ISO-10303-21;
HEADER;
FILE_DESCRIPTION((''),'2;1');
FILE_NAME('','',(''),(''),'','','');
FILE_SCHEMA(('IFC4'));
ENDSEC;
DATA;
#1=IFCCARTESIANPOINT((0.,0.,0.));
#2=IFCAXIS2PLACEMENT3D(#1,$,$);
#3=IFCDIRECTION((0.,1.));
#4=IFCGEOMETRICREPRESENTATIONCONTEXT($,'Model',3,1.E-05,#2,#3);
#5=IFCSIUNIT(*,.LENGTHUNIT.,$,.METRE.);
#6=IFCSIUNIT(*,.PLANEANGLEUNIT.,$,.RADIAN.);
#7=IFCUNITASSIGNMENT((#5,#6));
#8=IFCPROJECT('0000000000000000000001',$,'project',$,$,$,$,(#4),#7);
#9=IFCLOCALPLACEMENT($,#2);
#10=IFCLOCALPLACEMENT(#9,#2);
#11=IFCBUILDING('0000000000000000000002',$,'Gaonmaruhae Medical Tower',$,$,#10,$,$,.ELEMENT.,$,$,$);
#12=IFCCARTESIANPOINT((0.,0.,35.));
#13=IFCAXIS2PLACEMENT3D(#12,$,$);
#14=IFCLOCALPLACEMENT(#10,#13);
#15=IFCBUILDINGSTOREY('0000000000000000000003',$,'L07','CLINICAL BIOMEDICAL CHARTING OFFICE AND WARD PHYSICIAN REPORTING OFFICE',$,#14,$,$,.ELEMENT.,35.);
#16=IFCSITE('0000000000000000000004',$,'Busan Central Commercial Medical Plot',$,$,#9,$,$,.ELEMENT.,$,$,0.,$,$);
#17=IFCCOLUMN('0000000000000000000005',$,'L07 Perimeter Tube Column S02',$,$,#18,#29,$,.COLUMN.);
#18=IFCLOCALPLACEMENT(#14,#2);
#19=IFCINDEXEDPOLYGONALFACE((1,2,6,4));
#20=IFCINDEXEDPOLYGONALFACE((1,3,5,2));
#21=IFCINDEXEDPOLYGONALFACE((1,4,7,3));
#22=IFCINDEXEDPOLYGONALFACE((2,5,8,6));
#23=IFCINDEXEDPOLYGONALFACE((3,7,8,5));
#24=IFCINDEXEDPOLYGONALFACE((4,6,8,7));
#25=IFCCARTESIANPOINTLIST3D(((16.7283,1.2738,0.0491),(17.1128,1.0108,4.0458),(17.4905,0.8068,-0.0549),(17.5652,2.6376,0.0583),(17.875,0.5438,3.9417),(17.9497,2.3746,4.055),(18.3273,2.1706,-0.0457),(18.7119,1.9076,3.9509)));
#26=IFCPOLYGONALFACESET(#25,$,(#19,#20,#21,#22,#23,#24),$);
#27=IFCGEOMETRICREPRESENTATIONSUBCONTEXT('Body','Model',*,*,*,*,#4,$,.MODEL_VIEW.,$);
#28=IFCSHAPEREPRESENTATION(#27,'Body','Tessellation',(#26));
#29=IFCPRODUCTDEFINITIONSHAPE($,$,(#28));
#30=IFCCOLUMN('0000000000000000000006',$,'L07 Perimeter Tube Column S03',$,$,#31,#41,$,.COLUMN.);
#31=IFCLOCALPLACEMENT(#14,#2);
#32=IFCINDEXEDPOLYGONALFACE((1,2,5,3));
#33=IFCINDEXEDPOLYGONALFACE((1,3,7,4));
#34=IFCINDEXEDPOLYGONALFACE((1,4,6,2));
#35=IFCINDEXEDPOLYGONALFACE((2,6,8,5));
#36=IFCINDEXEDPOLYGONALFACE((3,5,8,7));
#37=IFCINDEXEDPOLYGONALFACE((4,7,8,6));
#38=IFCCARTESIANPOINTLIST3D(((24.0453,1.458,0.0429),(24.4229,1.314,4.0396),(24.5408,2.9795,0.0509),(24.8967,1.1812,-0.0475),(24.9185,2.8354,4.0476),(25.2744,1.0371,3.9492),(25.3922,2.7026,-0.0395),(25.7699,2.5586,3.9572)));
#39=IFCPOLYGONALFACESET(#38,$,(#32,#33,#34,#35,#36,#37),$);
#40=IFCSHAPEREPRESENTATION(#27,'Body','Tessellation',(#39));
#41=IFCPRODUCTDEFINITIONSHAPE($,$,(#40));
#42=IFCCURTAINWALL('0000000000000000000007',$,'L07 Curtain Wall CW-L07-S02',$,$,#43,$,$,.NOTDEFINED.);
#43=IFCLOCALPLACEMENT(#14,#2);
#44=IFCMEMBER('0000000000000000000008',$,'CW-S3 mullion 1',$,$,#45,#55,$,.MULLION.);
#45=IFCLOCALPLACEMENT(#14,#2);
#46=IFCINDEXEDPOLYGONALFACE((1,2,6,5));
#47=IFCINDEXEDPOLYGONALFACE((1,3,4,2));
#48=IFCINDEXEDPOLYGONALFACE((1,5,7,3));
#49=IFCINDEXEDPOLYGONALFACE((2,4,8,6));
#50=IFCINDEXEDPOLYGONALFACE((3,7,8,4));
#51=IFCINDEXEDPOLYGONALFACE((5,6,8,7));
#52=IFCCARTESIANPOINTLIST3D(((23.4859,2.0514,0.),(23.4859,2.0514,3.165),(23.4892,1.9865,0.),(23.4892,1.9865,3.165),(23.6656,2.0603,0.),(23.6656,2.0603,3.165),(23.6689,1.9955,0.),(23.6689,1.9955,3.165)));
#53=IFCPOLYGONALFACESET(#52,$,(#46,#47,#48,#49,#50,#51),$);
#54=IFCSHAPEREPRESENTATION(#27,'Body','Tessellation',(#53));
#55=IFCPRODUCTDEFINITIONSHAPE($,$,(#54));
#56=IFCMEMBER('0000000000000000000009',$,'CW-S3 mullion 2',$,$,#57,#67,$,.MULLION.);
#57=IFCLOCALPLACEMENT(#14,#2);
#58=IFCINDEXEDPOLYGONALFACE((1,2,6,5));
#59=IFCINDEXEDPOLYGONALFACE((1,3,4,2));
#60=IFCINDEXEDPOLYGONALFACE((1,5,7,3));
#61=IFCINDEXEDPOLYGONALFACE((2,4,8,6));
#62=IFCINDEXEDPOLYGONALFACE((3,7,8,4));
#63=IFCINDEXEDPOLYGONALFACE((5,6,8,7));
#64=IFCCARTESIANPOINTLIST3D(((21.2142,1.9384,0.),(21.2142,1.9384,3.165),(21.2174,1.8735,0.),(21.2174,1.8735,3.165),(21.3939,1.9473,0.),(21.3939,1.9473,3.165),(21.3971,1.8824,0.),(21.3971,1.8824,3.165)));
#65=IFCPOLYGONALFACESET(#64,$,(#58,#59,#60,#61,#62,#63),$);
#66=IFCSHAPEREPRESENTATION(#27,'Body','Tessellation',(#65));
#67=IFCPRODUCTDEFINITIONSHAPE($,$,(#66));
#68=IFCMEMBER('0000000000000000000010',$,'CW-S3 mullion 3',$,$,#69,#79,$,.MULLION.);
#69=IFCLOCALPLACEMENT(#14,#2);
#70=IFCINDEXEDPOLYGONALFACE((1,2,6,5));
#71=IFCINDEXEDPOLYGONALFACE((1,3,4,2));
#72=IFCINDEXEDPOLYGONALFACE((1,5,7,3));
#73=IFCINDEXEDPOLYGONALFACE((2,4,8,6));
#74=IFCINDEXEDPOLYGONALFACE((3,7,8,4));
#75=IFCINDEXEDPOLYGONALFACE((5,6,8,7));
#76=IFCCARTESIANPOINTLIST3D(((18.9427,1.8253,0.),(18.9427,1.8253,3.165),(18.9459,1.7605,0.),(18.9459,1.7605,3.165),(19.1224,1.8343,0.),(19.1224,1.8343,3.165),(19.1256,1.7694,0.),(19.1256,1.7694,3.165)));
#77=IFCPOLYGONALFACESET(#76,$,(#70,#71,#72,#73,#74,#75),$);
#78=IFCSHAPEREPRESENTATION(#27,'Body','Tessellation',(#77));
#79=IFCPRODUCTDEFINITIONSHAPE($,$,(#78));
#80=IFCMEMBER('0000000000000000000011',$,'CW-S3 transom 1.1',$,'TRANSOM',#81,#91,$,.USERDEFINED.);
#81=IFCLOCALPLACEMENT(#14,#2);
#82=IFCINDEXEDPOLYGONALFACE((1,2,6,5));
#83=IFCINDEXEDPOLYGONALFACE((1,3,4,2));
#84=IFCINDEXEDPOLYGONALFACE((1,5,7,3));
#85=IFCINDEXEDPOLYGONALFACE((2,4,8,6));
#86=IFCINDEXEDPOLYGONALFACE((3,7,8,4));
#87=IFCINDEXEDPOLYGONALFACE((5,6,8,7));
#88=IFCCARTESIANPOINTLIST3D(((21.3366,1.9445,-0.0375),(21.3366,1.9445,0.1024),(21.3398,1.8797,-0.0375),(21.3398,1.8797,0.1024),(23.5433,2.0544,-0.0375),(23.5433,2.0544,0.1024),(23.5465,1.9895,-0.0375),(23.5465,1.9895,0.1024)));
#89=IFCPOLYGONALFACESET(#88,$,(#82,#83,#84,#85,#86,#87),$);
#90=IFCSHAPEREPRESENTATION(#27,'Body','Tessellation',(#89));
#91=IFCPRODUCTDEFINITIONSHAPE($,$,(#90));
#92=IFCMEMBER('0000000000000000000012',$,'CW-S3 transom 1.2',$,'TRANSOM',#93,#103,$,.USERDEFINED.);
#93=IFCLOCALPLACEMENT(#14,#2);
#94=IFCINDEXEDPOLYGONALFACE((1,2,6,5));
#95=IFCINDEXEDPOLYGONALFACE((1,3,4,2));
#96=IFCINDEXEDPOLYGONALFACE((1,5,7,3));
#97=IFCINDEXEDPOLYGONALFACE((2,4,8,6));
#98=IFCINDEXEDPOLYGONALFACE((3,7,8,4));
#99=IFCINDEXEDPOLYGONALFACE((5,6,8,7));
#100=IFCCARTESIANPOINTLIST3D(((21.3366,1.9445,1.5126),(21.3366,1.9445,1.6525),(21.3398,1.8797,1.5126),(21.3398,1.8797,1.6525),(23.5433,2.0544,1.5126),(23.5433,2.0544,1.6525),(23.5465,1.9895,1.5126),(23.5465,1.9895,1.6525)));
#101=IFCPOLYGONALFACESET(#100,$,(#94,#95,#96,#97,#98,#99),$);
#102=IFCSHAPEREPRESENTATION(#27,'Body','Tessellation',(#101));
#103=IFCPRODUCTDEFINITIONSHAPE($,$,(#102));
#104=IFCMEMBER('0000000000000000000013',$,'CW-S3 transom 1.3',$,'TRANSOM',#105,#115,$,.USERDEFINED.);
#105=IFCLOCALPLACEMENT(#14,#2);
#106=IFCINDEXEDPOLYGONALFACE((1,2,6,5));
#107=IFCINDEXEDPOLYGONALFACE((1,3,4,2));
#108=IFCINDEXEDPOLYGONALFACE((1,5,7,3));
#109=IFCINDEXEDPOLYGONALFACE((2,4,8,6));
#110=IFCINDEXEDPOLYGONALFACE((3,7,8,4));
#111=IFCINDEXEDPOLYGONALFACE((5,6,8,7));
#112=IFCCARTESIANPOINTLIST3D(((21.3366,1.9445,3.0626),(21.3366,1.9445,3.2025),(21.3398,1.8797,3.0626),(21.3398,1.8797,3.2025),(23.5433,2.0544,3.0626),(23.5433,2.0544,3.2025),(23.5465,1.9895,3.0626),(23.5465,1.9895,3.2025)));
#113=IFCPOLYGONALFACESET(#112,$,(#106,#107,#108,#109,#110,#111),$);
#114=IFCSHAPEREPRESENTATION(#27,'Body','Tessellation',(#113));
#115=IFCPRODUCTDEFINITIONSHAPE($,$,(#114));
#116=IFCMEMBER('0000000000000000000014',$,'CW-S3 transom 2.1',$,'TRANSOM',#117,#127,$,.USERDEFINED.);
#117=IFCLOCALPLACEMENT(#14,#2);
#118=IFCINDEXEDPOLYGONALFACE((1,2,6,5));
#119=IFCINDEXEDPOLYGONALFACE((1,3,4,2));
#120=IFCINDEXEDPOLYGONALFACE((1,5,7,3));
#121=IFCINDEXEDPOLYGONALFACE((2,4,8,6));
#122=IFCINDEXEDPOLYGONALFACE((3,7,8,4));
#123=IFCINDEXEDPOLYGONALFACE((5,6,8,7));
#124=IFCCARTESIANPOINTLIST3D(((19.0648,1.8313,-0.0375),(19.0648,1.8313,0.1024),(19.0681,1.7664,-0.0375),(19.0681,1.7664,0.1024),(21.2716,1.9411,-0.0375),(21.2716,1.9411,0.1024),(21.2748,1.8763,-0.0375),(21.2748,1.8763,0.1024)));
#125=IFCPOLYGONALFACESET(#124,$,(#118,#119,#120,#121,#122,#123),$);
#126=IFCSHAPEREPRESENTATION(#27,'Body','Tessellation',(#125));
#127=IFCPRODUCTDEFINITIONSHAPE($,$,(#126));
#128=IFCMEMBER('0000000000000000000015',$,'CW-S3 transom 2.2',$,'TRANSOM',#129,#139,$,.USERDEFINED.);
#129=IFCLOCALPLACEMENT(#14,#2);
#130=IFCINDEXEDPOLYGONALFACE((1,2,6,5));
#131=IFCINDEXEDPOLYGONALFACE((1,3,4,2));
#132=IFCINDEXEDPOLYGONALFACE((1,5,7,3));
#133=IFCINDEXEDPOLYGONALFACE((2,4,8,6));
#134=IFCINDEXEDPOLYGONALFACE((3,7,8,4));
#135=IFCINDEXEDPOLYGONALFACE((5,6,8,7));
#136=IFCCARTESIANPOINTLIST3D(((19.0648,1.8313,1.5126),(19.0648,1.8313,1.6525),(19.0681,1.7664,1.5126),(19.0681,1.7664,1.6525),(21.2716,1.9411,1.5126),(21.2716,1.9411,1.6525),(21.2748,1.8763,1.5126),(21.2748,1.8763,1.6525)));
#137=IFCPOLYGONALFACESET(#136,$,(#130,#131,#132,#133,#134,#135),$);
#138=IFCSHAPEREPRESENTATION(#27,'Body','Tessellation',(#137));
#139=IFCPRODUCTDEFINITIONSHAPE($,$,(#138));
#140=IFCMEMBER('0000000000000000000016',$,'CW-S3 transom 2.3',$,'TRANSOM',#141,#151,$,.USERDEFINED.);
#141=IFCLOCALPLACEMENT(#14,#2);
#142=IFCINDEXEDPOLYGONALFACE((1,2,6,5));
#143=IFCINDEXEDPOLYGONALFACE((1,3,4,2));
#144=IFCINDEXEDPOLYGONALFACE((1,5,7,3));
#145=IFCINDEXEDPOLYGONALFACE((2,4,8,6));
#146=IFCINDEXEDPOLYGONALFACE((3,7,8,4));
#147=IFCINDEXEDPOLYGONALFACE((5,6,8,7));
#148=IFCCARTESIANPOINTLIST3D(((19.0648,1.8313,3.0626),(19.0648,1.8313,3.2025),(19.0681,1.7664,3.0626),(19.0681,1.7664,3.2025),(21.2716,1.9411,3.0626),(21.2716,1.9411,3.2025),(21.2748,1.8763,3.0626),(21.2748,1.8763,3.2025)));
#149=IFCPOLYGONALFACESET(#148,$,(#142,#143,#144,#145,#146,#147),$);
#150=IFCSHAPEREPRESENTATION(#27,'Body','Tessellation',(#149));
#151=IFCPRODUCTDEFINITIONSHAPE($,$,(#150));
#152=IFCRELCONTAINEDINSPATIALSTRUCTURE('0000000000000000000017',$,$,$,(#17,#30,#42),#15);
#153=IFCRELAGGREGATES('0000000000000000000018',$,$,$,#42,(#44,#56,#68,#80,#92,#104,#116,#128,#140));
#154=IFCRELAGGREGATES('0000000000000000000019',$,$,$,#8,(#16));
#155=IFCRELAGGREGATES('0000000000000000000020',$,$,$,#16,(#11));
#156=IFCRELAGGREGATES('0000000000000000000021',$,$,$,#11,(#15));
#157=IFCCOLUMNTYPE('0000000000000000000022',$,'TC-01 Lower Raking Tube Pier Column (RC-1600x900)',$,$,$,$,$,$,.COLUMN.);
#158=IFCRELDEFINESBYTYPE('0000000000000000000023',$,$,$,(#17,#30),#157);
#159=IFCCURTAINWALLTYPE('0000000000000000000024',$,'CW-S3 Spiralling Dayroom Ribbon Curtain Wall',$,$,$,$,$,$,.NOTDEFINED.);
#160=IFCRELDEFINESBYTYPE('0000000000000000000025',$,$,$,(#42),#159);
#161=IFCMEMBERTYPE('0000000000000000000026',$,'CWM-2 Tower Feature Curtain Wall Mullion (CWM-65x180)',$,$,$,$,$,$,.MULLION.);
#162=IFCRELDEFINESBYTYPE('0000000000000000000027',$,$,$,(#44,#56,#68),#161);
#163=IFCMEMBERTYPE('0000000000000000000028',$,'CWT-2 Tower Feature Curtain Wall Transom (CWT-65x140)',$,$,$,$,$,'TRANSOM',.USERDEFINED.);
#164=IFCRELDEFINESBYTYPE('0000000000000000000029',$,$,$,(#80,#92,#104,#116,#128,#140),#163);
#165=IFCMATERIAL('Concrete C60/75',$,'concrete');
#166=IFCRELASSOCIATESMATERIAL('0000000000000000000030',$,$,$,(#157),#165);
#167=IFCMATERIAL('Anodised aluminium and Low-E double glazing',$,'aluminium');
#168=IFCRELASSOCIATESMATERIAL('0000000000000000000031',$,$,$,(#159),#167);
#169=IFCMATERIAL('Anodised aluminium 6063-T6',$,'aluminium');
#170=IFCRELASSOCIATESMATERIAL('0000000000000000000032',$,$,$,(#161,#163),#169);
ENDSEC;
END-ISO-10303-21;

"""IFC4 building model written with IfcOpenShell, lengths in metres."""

from ifc_helpers import new_model, si_unit, direction, frame, origin, origin_2d, place, context, subcontext, project, spatial, rectangle, extrude, material, material_profile, profile_set, type_object, element, aggregate, save


model = new_model("IFC4")

# Units and contexts
model_context = context("Model", 3, precision=1e-05, world=origin(), true_north=direction((0.0, 1.0)))
body_context = subcontext(model_context, "Body", "Model", "MODEL_VIEW")
ifc_project = project(units=[si_unit("LENGTHUNIT", "METRE"), si_unit("PLANEANGLEUNIT", "RADIAN")], contexts=[model_context])

# Site, building, storey
site_placement = place(None, origin())
site = spatial("IfcSite", under=ifc_project, at=site_placement, Name="Busan Central Commercial Medical Plot", CompositionType="ELEMENT", RefElevation=0.0)
building_placement = place(site_placement, origin())
building = spatial("IfcBuilding", under=site, at=building_placement, Name="Gaonmaruhae Medical Tower", CompositionType="ELEMENT")
storey_placement = place(building_placement, frame((0.0, 0.0, 35.0)))
storey = spatial("IfcBuildingStorey", under=building, at=storey_placement, Name="L07", Description="CLINICAL BIOMEDICAL CHARTING OFFICE AND WARD PHYSICIAN REPORTING OFFICE", CompositionType="ELEMENT", Elevation=35.0)

# Columns
ifc_material_1 = material(Name="Concrete C60/75", Category="concrete")
ifc_material_profile_1 = material_profile(ifc_material_1, rectangle(XDim=1.6001, YDim=0.8999, at=origin_2d()), Name="RC-1600x900")
ifc_profile_set_1 = profile_set([ifc_material_profile_1], Name="Concrete C60/75")
column_type = type_object("IfcColumnType", Name="TC-01 Lower Raking Tube Pier Column (RC-1600x900)", PredefinedType="COLUMN", material=ifc_profile_set_1)
column_1_placement = place(storey_placement, frame((17.5278, 1.7222, 0.0017), z_axis=(0.095566, -0.065349, 0.993276), x_axis=(0.522993, 0.852317, 0.005756)))
element("IfcColumn", 1, at=column_1_placement, inside=storey, type_object=column_type, Name="L07 Perimeter Tube Column S02", PredefinedType="COLUMN", context=body_context, shape_type="SweptSolid", body=[
    extrude(rectangle(XDim=1.6001, YDim=0.8999, at=origin_2d()), origin(), (0.0, 0.0, 1.0), 4.0237),
])
column_2_placement = place(storey_placement, frame((24.7188, 2.0803, 0.0017), z_axis=(0.094022, -0.035859, 0.994924), x_axis=(0.309685, 0.950826, 0.005003)))
element("IfcColumn", 2, at=column_2_placement, inside=storey, type_object=column_type, Name="L07 Perimeter Tube Column S03", PredefinedType="COLUMN", context=body_context, shape_type="SweptSolid", body=[
    extrude(rectangle(XDim=1.6001, YDim=0.8999, at=origin_2d()), origin(), (0.0, 0.0, 1.0), 4.0171),
])

# Curtain wall, members
ifc_material_2 = material(Name="Anodised aluminium and Low-E double glazing", Category="aluminium")
curtain_wall_type = type_object("IfcCurtainWallType", Name="CW-S3 Spiralling Dayroom Ribbon Curtain Wall", PredefinedType="NOTDEFINED", material=ifc_material_2)
curtain_wall_placement = place(storey_placement, origin())
curtain_wall = element("IfcCurtainWall", 3, at=curtain_wall_placement, inside=storey, type_object=curtain_wall_type, Name="L07 Curtain Wall CW-L07-S02", PredefinedType="NOTDEFINED")
ifc_material_3 = material(Name="Anodised aluminium 6063-T6", Category="aluminium")
ifc_material_profile_2 = material_profile(ifc_material_3, rectangle(XDim=0.0649, YDim=0.1799, at=origin_2d()), Name="CWM-65x180")
ifc_profile_set_2 = profile_set([ifc_material_profile_2], Name="Anodised aluminium 6063-T6")
member_type_1 = type_object("IfcMemberType", Name="CWM-2 Tower Feature Curtain Wall Mullion (CWM-65x180)", PredefinedType="MULLION", material=ifc_profile_set_2)
member_1_placement = place(storey_placement, frame((23.5774, 2.0234, 0.0), z_axis=(0.0, 0.0, 1.0), x_axis=(0.049718, -0.998763, 0.0)))
member_1 = element("IfcMember", 4, at=member_1_placement, type_object=member_type_1, Name="CW-S3 mullion 1", PredefinedType="MULLION", context=body_context, shape_type="SweptSolid", body=[
    extrude(rectangle(XDim=0.0649, YDim=0.1799, at=origin_2d()), origin(), (0.0, 0.0, 1.0), 3.165),
])
member_2_placement = place(storey_placement, frame((21.3057, 1.9104, 0.0), z_axis=(0.0, 0.0, 1.0), x_axis=(0.049718, -0.998763, 0.0)))
member_2 = element("IfcMember", 5, at=member_2_placement, type_object=member_type_1, Name="CW-S3 mullion 2", PredefinedType="MULLION", context=body_context, shape_type="SweptSolid", body=[
    extrude(rectangle(XDim=0.0649, YDim=0.1799, at=origin_2d()), origin(), (0.0, 0.0, 1.0), 3.165),
])
member_3_placement = place(storey_placement, frame((19.0342, 1.7974, 0.0), z_axis=(0.0, 0.0, 1.0), x_axis=(0.049718, -0.998763, 0.0)))
member_3 = element("IfcMember", 6, at=member_3_placement, type_object=member_type_1, Name="CW-S3 mullion 3", PredefinedType="MULLION", context=body_context, shape_type="SweptSolid", body=[
    extrude(rectangle(XDim=0.0649, YDim=0.1799, at=origin_2d()), origin(), (0.0, 0.0, 1.0), 3.165),
])
ifc_material_profile_3 = material_profile(ifc_material_3, rectangle(XDim=0.0649, YDim=0.1399, at=origin_2d()), Name="CWT-65x140")
ifc_profile_set_3 = profile_set([ifc_material_profile_3], Name="Anodised aluminium 6063-T6")
member_type_2 = type_object("IfcMemberType", Name="CWT-2 Tower Feature Curtain Wall Transom (CWT-65x140)", ElementType="TRANSOM", PredefinedType="USERDEFINED", material=ifc_profile_set_3)
member_4_placement = place(storey_placement, frame((23.5449, 2.022, 0.0325), z_axis=(-0.998763, -0.049723, 0.0), x_axis=(0.049723, -0.998763, 0.0)))
member_4 = element("IfcMember", 7, at=member_4_placement, type_object=member_type_2, Name="CW-S3 transom 1.1", ObjectType="TRANSOM", PredefinedType="USERDEFINED", context=body_context, shape_type="SweptSolid", body=[
    extrude(rectangle(XDim=0.0649, YDim=0.1399, at=origin_2d()), origin(), (0.0, 0.0, 1.0), 2.2095),
])
member_5_placement = place(storey_placement, frame((23.5449, 2.022, 1.5825), z_axis=(-0.998763, -0.049723, 0.0), x_axis=(0.049723, -0.998763, 0.0)))
member_5 = element("IfcMember", 8, at=member_5_placement, type_object=member_type_2, Name="CW-S3 transom 1.2", ObjectType="TRANSOM", PredefinedType="USERDEFINED", context=body_context, shape_type="SweptSolid", body=[
    extrude(rectangle(XDim=0.0649, YDim=0.1399, at=origin_2d()), origin(), (0.0, 0.0, 1.0), 2.2095),
])
member_6_placement = place(storey_placement, frame((23.5449, 2.022, 3.1326), z_axis=(-0.998763, -0.049723, 0.0), x_axis=(0.049723, -0.998763, 0.0)))
member_6 = element("IfcMember", 9, at=member_6_placement, type_object=member_type_2, Name="CW-S3 transom 1.3", ObjectType="TRANSOM", PredefinedType="USERDEFINED", context=body_context, shape_type="SweptSolid", body=[
    extrude(rectangle(XDim=0.0649, YDim=0.1399, at=origin_2d()), origin(), (0.0, 0.0, 1.0), 2.2095),
])
member_7_placement = place(storey_placement, frame((21.2732, 1.9087, 0.0325), z_axis=(-0.998763, -0.049723, 0.0), x_axis=(0.049723, -0.998763, 0.0)))
member_7 = element("IfcMember", 10, at=member_7_placement, type_object=member_type_2, Name="CW-S3 transom 2.1", ObjectType="TRANSOM", PredefinedType="USERDEFINED", context=body_context, shape_type="SweptSolid", body=[
    extrude(rectangle(XDim=0.0649, YDim=0.1399, at=origin_2d()), origin(), (0.0, 0.0, 1.0), 2.2095),
])
member_8_placement = place(storey_placement, frame((21.2732, 1.9087, 1.5825), z_axis=(-0.998763, -0.049723, 0.0), x_axis=(0.049723, -0.998763, 0.0)))
member_8 = element("IfcMember", 11, at=member_8_placement, type_object=member_type_2, Name="CW-S3 transom 2.2", ObjectType="TRANSOM", PredefinedType="USERDEFINED", context=body_context, shape_type="SweptSolid", body=[
    extrude(rectangle(XDim=0.0649, YDim=0.1399, at=origin_2d()), origin(), (0.0, 0.0, 1.0), 2.2095),
])
member_9_placement = place(storey_placement, frame((21.2732, 1.9087, 3.1326), z_axis=(-0.998763, -0.049723, 0.0), x_axis=(0.049723, -0.998763, 0.0)))
member_9 = element("IfcMember", 12, at=member_9_placement, type_object=member_type_2, Name="CW-S3 transom 2.3", ObjectType="TRANSOM", PredefinedType="USERDEFINED", context=body_context, shape_type="SweptSolid", body=[
    extrude(rectangle(XDim=0.0649, YDim=0.1399, at=origin_2d()), origin(), (0.0, 0.0, 1.0), 2.2095),
])

aggregate(curtain_wall, [member_1, member_2, member_3, member_4, member_5, member_6, member_7, member_8, member_9])

save(model, "model.ifc")
